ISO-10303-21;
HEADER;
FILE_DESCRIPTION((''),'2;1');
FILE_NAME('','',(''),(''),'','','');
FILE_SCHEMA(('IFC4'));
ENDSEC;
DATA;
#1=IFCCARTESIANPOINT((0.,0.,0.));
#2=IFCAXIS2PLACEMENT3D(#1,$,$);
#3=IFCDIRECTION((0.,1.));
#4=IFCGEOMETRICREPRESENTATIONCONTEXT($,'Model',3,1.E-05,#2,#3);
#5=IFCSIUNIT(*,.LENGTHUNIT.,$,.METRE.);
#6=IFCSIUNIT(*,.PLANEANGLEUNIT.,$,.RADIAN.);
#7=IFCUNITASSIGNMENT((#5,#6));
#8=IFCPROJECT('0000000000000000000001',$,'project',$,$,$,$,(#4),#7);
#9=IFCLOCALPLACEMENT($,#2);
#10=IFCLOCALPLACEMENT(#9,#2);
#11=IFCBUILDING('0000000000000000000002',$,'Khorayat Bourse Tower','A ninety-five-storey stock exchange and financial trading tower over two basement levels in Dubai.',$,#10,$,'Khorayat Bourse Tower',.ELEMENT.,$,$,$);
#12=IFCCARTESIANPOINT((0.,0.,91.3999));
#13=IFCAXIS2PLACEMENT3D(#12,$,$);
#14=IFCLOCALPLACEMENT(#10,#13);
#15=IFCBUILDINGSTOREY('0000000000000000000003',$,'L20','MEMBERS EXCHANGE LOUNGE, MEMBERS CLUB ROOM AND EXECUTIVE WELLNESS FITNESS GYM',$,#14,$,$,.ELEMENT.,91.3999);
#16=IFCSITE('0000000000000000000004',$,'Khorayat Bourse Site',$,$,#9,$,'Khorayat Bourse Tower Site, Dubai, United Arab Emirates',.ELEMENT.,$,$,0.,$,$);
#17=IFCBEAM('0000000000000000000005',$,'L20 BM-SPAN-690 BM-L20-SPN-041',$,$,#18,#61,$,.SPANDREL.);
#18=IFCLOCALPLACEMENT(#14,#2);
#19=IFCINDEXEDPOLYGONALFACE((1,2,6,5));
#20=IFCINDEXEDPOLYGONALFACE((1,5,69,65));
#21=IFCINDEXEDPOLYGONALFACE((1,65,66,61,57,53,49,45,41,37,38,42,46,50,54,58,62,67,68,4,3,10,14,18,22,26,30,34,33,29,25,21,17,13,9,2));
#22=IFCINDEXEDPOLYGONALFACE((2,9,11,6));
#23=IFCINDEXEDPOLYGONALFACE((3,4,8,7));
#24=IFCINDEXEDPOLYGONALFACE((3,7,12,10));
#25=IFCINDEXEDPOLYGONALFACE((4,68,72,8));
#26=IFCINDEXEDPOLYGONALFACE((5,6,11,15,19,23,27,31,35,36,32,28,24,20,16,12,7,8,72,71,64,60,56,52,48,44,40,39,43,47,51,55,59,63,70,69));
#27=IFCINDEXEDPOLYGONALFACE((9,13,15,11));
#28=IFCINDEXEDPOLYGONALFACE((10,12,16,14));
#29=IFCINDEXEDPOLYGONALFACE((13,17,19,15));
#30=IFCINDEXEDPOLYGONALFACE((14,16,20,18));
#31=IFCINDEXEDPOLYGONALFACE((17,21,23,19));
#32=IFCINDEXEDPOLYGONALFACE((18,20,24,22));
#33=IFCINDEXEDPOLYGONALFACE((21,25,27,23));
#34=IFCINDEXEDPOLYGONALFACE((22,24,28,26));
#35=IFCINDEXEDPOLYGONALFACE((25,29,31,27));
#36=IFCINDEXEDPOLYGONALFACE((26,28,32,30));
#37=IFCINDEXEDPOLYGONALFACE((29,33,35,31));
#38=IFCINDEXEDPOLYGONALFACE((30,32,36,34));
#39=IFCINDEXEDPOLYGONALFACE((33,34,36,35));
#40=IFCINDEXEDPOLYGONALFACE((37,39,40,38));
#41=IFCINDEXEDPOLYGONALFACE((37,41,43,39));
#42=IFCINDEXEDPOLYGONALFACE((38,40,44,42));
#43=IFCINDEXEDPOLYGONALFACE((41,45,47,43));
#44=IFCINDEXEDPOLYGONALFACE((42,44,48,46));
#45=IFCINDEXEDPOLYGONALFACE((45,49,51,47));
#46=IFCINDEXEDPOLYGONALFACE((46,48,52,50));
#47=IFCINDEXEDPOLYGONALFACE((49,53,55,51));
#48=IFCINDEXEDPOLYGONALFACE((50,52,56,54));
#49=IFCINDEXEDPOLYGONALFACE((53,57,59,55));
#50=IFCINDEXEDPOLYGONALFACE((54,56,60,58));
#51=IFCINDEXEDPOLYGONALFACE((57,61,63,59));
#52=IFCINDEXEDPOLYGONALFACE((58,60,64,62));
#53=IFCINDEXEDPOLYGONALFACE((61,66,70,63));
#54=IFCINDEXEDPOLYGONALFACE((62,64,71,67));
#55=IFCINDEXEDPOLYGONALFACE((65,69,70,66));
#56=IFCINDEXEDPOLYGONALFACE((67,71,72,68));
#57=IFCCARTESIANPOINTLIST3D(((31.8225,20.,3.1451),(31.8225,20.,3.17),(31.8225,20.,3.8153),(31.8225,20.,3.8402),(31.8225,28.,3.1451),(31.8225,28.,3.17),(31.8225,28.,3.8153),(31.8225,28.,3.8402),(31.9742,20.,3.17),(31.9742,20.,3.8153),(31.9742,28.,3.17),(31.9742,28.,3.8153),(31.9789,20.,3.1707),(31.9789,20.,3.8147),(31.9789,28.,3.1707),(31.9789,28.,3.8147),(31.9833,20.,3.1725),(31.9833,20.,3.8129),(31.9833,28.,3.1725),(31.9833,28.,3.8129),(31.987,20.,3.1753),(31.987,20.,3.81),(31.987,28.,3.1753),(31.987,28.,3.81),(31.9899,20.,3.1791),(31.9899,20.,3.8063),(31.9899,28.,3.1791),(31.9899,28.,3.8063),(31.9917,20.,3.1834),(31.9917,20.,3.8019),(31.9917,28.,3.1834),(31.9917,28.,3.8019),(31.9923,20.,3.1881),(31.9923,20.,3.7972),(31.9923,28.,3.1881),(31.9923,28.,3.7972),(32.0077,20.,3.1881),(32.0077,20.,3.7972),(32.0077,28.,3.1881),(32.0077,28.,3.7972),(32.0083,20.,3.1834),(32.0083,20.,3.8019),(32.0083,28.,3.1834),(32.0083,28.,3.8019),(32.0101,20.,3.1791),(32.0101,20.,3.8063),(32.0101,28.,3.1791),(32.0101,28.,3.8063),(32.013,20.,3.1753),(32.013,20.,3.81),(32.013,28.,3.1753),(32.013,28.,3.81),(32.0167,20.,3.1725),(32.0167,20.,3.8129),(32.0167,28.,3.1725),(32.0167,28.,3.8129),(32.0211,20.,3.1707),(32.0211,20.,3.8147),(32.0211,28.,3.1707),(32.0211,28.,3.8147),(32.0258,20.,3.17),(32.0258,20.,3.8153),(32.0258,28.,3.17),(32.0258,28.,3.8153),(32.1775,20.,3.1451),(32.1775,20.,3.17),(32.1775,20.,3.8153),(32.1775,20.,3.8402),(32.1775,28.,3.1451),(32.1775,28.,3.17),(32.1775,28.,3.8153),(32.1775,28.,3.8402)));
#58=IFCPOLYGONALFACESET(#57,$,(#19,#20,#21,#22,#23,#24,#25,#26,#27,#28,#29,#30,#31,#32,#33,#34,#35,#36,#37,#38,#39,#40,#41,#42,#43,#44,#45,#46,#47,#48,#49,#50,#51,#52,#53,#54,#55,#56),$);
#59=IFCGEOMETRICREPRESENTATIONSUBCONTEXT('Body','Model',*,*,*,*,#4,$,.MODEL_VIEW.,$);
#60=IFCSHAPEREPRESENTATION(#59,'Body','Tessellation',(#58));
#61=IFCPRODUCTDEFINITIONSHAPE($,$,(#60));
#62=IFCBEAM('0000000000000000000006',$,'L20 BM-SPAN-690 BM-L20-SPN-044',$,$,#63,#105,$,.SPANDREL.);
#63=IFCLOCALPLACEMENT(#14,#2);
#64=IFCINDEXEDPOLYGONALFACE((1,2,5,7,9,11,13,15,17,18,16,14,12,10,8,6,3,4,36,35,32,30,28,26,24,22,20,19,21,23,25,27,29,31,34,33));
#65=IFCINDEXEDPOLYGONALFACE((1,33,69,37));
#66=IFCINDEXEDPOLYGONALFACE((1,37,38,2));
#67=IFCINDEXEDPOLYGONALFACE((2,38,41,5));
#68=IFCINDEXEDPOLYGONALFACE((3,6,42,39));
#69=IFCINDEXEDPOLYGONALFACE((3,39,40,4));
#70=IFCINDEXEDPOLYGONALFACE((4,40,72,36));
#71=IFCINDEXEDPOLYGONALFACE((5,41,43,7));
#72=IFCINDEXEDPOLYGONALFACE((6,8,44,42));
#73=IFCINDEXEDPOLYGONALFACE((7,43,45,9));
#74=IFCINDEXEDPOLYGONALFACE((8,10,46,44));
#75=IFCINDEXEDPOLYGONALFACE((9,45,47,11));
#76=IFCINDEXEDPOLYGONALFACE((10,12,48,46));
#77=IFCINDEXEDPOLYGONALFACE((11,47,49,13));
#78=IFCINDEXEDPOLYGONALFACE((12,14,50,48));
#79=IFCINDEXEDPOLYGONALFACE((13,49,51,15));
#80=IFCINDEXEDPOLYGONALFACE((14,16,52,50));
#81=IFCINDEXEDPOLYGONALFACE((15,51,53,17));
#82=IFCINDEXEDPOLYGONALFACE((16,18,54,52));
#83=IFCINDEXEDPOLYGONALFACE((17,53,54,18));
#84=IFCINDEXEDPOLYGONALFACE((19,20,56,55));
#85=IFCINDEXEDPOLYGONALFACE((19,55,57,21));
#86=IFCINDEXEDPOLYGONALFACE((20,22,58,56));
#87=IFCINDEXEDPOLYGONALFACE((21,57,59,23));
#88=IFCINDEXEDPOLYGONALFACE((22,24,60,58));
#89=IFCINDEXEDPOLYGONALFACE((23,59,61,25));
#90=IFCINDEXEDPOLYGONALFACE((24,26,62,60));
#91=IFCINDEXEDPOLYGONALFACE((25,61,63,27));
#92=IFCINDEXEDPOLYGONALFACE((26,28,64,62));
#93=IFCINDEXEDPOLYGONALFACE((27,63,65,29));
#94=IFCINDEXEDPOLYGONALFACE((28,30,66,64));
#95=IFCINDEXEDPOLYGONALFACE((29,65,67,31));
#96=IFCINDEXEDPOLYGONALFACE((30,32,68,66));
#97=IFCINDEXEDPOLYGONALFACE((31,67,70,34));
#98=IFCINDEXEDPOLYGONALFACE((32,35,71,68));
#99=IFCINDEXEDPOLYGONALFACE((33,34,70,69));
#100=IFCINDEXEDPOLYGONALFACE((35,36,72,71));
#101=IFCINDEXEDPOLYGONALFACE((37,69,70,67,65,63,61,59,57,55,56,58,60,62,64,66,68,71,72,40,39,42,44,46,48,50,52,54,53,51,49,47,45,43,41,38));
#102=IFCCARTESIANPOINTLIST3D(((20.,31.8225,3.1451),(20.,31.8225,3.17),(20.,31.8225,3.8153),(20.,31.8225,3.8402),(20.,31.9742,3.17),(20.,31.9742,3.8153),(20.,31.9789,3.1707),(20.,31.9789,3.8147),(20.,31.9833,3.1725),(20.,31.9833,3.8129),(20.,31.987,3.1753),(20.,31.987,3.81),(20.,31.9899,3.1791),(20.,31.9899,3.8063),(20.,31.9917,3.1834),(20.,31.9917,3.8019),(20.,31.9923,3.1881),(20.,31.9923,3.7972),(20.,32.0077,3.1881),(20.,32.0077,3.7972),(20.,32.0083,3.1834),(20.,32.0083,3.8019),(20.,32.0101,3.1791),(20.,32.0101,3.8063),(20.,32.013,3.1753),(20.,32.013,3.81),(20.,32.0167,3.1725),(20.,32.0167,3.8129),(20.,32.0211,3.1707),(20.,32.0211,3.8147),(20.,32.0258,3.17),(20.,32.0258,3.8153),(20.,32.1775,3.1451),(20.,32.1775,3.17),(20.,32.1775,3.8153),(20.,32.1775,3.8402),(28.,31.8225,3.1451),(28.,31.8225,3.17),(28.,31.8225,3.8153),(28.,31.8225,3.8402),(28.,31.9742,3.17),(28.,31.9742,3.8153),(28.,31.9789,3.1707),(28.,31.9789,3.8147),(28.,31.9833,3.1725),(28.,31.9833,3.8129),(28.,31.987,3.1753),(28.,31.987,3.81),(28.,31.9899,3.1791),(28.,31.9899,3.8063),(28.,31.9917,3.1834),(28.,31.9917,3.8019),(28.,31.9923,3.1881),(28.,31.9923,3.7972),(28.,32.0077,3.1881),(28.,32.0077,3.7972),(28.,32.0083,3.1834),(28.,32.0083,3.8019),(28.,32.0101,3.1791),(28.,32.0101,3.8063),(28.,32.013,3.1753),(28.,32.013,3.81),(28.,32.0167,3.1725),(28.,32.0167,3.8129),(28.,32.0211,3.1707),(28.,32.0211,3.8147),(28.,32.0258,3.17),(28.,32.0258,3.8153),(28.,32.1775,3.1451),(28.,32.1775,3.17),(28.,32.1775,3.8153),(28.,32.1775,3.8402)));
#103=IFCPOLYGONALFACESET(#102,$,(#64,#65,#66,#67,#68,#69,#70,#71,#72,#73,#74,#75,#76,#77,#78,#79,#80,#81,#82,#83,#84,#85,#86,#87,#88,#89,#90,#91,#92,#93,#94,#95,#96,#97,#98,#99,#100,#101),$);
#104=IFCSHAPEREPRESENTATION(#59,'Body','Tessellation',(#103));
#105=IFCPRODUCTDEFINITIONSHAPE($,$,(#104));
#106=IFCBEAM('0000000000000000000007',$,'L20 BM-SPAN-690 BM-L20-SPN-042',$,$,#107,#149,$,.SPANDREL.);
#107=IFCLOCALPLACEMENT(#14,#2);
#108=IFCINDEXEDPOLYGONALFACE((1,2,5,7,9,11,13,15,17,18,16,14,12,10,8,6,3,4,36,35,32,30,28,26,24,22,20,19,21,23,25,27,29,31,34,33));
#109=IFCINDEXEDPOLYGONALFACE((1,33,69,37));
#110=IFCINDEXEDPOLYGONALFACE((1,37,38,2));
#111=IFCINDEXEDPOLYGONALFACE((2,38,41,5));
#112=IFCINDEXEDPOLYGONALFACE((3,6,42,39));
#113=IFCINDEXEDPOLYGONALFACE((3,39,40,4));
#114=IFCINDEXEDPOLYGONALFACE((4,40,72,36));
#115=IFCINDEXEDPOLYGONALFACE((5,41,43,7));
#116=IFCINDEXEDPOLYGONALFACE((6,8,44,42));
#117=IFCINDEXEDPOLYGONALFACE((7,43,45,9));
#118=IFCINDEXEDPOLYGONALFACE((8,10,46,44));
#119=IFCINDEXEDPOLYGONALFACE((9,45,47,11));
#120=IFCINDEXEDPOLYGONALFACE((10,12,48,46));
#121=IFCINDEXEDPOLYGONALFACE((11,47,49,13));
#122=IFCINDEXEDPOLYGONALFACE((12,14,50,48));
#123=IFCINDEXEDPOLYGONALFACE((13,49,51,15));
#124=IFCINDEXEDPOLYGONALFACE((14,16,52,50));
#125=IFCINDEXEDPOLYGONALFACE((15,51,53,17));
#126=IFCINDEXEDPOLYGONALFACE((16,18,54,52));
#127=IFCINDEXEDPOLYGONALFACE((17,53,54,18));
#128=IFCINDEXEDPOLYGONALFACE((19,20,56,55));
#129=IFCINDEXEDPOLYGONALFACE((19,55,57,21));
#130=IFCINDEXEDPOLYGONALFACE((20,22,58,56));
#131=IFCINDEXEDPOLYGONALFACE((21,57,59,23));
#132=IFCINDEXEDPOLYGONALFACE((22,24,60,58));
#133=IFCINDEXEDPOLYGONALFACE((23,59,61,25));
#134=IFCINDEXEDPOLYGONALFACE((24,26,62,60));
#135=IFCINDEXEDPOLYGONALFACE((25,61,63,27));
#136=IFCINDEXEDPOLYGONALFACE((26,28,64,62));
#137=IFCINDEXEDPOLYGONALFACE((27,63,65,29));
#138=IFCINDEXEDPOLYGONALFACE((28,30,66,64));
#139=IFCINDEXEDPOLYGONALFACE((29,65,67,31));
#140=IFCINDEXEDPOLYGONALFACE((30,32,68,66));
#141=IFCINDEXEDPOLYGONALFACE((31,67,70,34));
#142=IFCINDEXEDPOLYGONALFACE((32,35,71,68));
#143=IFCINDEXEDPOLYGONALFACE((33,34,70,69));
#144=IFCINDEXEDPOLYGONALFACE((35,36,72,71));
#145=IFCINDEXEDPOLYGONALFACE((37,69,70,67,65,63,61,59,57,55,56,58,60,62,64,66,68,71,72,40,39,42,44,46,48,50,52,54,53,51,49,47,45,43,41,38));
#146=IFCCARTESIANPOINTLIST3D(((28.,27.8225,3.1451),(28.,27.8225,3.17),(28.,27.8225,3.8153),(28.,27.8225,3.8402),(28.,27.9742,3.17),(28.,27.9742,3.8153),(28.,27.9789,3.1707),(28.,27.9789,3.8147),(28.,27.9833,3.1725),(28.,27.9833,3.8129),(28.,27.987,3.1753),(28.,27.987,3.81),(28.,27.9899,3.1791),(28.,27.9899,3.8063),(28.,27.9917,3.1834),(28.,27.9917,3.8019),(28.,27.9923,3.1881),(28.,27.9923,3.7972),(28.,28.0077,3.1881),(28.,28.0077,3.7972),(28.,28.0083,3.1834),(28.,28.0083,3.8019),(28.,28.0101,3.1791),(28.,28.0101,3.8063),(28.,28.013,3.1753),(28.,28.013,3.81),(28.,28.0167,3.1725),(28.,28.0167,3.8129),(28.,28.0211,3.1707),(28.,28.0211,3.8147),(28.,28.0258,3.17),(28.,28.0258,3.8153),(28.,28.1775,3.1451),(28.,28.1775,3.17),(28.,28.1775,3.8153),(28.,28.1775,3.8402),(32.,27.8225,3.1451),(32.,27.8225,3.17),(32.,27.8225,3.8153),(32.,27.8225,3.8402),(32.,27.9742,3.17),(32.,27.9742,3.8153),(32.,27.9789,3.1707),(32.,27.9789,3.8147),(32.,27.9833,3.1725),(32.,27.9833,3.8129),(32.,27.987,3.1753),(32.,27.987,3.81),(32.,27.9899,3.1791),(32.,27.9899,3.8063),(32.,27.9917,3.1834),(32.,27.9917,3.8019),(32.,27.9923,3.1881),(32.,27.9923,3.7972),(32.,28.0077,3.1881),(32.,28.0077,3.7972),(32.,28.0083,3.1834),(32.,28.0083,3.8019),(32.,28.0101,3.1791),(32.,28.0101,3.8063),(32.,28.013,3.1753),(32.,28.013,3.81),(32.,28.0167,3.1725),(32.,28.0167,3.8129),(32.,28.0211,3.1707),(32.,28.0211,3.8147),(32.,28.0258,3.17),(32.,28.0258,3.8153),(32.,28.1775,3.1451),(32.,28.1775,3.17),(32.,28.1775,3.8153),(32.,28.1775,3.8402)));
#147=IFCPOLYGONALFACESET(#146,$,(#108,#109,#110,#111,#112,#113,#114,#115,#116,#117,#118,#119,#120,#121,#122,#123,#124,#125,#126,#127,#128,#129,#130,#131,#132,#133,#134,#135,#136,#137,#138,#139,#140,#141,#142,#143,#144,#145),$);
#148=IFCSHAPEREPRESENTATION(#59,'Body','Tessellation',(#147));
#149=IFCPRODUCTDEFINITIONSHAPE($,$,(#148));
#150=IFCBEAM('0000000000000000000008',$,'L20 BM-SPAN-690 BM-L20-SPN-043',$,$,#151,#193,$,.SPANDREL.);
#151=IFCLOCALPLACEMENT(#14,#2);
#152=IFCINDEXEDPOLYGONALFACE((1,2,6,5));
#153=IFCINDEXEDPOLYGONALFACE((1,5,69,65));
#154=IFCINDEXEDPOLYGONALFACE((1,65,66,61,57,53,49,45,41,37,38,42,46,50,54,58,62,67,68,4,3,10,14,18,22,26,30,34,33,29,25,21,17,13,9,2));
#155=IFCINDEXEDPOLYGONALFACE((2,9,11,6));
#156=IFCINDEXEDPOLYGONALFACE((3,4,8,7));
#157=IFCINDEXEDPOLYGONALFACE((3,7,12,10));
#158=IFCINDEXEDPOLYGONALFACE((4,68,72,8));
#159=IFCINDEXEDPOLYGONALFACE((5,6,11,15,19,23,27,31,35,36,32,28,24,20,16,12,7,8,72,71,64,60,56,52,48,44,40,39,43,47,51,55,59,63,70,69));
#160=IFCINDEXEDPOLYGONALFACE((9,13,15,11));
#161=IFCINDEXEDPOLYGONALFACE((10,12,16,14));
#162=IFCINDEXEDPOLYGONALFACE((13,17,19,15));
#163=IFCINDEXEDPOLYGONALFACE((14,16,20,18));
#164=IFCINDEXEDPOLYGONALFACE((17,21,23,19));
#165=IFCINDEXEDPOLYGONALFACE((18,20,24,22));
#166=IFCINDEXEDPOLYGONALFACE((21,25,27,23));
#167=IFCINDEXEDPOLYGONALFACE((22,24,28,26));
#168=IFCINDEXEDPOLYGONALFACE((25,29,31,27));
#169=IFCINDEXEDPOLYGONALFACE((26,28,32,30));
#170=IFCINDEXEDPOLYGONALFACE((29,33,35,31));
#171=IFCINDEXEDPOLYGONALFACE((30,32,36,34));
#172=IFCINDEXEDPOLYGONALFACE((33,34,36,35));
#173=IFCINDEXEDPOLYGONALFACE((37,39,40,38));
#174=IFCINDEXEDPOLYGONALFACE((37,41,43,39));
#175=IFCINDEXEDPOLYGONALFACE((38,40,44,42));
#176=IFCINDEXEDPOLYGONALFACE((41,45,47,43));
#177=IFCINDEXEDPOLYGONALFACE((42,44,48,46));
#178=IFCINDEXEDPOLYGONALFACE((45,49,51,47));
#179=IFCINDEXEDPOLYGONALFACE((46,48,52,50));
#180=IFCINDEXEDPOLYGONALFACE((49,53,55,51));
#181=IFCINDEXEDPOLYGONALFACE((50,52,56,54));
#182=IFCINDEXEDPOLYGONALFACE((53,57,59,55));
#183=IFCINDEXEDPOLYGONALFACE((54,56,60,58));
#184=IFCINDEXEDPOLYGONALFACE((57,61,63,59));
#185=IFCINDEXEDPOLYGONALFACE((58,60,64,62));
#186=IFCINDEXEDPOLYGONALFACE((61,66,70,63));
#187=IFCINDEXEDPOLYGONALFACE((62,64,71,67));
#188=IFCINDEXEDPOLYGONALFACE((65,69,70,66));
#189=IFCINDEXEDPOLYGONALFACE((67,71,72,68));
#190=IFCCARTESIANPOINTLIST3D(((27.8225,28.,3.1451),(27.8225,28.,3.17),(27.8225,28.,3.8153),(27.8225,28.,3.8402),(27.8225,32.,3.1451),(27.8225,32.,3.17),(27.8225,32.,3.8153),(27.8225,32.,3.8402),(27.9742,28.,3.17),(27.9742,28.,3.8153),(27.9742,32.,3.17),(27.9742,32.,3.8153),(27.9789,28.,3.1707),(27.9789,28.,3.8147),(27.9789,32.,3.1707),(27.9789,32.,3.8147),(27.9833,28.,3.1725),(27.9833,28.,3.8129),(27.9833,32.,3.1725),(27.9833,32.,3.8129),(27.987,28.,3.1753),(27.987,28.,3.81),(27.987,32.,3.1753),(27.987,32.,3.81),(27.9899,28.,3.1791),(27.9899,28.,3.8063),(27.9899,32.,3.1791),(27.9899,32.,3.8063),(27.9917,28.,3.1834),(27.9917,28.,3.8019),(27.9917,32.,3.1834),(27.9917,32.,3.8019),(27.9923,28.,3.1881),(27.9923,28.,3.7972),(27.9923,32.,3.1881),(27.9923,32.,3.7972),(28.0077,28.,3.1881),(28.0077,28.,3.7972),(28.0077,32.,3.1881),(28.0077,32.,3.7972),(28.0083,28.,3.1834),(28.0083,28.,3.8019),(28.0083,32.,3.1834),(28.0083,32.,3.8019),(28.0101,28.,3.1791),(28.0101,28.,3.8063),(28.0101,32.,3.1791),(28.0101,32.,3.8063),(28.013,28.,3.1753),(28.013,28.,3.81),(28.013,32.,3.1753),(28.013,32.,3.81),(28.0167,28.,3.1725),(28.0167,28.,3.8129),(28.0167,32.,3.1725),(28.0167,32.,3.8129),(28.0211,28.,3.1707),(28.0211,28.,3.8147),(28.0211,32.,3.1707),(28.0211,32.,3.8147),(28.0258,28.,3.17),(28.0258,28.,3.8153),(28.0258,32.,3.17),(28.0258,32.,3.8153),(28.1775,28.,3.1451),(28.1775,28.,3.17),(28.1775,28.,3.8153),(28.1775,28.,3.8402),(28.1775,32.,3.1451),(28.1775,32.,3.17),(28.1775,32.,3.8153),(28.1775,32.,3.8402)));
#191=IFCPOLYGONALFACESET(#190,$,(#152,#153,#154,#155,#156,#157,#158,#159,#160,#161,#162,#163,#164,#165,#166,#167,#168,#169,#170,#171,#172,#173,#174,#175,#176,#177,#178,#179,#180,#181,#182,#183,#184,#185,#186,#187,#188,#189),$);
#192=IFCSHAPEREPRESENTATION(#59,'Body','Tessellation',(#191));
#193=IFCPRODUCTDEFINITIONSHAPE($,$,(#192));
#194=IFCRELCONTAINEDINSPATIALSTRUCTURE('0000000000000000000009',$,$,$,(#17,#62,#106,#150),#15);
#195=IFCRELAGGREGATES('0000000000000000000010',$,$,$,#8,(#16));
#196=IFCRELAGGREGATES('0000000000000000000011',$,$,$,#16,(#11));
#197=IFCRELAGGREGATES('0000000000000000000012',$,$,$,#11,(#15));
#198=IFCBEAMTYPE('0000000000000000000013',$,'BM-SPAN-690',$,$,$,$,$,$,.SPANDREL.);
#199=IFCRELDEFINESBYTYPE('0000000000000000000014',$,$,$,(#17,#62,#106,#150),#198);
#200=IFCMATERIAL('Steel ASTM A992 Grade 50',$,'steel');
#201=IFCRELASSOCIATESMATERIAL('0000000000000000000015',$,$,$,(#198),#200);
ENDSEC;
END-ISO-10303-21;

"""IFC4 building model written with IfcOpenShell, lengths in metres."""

from ifc_helpers import new_model, si_unit, direction, frame, origin, origin_2d, place, context, subcontext, project, spatial, i_section, extrude, source, transform, mapped, material, material_profile, profile_set, type_object, element, save


model = new_model("IFC4")

# Units and contexts
model_context = context("Model", 3, precision=1e-05, world=origin(), true_north=direction((0.0, 1.0)))
body_context = subcontext(model_context, "Body", "Model", "MODEL_VIEW")
ifc_project = project(units=[si_unit("LENGTHUNIT", "METRE"), si_unit("PLANEANGLEUNIT", "RADIAN")], contexts=[model_context])

# Site, building, storey
site_placement = place(None, origin())
site = spatial("IfcSite", under=ifc_project, at=site_placement, Name="Khorayat Bourse Site", LongName="Khorayat Bourse Tower Site, Dubai, United Arab Emirates", CompositionType="ELEMENT", RefElevation=0.0)
building_placement = place(site_placement, origin())
building = spatial("IfcBuilding", under=site, at=building_placement, Name="Khorayat Bourse Tower", Description="A ninety-five-storey stock exchange and financial trading tower over two basement levels in Dubai.", LongName="Khorayat Bourse Tower", CompositionType="ELEMENT")
storey_placement = place(building_placement, frame((0.0, 0.0, 91.3999)))
storey = spatial("IfcBuildingStorey", under=building, at=storey_placement, Name="L20", Description="MEMBERS EXCHANGE LOUNGE, MEMBERS CLUB ROOM AND EXECUTIVE WELLNESS FITNESS GYM", CompositionType="ELEMENT", Elevation=91.3999)

# Beams
ifc_material_1 = material(Name="Steel ASTM A992 Grade 50", Category="steel")
ifc_material_profile_1 = material_profile(ifc_material_1, i_section(OverallWidth=0.355, OverallDepth=0.6951, WebThickness=0.0154, FlangeThickness=0.0249, FilletRadius=0.0181, at=origin_2d()), Name="W690X217")
ifc_profile_set_1 = profile_set([ifc_material_profile_1], Name="Steel ASTM A992 Grade 50")
beam_type_1 = type_object("IfcBeamType", Name="BM-SPAN-690", PredefinedType="SPANDREL", material=ifc_profile_set_1)
shared_shape_1 = source(origin(), body_context, "Body", "SweptSolid", [
    extrude(i_section(OverallWidth=0.355, OverallDepth=0.6951, WebThickness=0.0154, FlangeThickness=0.0249, FilletRadius=0.0181, at=origin_2d()), origin(), (0.0, 0.0, 1.0), 8.0),
])
for number, where, z_axis, x_axis, name in (
    (1, (32.0, 20.0, 3.4927), (0.0, 1.0, 0.0), (-1.0, 0.0, 0.0), "L20 BM-SPAN-690 BM-L20-SPN-041"),
    (2, (20.0, 32.0, 3.4927), (1.0, 0.0, 0.0), (0.0, 1.0, 0.0), "L20 BM-SPAN-690 BM-L20-SPN-044"),
):
    element("IfcBeam", number, at=place(storey_placement, frame(where, z_axis=z_axis, x_axis=x_axis)), inside=storey, type_object=beam_type_1, Name=name, PredefinedType="SPANDREL", context=body_context, shape_type="MappedRepresentation", body=[
        mapped(shared_shape_1, transform((0.0, 0.0, 0.0), scale=1.0)),
    ])
shared_shape_2 = source(origin(), body_context, "Body", "SweptSolid", [
    extrude(i_section(OverallWidth=0.355, OverallDepth=0.6951, WebThickness=0.0154, FlangeThickness=0.0249, FilletRadius=0.0181, at=origin_2d()), origin(), (0.0, 0.0, 1.0), 4.0),
])
for number, where, z_axis, x_axis, name in (
    (3, (28.0, 28.0, 3.4927), (1.0, 0.0, 0.0), (0.0, 1.0, 0.0), "L20 BM-SPAN-690 BM-L20-SPN-042"),
    (4, (28.0, 28.0, 3.4927), (0.0, 1.0, 0.0), (-1.0, 0.0, 0.0), "L20 BM-SPAN-690 BM-L20-SPN-043"),
):
    element("IfcBeam", number, at=place(storey_placement, frame(where, z_axis=z_axis, x_axis=x_axis)), inside=storey, type_object=beam_type_1, Name=name, PredefinedType="SPANDREL", context=body_context, shape_type="MappedRepresentation", body=[
        mapped(shared_shape_2, transform((0.0, 0.0, 0.0), scale=1.0)),
    ])

save(model, "model.ifc")
